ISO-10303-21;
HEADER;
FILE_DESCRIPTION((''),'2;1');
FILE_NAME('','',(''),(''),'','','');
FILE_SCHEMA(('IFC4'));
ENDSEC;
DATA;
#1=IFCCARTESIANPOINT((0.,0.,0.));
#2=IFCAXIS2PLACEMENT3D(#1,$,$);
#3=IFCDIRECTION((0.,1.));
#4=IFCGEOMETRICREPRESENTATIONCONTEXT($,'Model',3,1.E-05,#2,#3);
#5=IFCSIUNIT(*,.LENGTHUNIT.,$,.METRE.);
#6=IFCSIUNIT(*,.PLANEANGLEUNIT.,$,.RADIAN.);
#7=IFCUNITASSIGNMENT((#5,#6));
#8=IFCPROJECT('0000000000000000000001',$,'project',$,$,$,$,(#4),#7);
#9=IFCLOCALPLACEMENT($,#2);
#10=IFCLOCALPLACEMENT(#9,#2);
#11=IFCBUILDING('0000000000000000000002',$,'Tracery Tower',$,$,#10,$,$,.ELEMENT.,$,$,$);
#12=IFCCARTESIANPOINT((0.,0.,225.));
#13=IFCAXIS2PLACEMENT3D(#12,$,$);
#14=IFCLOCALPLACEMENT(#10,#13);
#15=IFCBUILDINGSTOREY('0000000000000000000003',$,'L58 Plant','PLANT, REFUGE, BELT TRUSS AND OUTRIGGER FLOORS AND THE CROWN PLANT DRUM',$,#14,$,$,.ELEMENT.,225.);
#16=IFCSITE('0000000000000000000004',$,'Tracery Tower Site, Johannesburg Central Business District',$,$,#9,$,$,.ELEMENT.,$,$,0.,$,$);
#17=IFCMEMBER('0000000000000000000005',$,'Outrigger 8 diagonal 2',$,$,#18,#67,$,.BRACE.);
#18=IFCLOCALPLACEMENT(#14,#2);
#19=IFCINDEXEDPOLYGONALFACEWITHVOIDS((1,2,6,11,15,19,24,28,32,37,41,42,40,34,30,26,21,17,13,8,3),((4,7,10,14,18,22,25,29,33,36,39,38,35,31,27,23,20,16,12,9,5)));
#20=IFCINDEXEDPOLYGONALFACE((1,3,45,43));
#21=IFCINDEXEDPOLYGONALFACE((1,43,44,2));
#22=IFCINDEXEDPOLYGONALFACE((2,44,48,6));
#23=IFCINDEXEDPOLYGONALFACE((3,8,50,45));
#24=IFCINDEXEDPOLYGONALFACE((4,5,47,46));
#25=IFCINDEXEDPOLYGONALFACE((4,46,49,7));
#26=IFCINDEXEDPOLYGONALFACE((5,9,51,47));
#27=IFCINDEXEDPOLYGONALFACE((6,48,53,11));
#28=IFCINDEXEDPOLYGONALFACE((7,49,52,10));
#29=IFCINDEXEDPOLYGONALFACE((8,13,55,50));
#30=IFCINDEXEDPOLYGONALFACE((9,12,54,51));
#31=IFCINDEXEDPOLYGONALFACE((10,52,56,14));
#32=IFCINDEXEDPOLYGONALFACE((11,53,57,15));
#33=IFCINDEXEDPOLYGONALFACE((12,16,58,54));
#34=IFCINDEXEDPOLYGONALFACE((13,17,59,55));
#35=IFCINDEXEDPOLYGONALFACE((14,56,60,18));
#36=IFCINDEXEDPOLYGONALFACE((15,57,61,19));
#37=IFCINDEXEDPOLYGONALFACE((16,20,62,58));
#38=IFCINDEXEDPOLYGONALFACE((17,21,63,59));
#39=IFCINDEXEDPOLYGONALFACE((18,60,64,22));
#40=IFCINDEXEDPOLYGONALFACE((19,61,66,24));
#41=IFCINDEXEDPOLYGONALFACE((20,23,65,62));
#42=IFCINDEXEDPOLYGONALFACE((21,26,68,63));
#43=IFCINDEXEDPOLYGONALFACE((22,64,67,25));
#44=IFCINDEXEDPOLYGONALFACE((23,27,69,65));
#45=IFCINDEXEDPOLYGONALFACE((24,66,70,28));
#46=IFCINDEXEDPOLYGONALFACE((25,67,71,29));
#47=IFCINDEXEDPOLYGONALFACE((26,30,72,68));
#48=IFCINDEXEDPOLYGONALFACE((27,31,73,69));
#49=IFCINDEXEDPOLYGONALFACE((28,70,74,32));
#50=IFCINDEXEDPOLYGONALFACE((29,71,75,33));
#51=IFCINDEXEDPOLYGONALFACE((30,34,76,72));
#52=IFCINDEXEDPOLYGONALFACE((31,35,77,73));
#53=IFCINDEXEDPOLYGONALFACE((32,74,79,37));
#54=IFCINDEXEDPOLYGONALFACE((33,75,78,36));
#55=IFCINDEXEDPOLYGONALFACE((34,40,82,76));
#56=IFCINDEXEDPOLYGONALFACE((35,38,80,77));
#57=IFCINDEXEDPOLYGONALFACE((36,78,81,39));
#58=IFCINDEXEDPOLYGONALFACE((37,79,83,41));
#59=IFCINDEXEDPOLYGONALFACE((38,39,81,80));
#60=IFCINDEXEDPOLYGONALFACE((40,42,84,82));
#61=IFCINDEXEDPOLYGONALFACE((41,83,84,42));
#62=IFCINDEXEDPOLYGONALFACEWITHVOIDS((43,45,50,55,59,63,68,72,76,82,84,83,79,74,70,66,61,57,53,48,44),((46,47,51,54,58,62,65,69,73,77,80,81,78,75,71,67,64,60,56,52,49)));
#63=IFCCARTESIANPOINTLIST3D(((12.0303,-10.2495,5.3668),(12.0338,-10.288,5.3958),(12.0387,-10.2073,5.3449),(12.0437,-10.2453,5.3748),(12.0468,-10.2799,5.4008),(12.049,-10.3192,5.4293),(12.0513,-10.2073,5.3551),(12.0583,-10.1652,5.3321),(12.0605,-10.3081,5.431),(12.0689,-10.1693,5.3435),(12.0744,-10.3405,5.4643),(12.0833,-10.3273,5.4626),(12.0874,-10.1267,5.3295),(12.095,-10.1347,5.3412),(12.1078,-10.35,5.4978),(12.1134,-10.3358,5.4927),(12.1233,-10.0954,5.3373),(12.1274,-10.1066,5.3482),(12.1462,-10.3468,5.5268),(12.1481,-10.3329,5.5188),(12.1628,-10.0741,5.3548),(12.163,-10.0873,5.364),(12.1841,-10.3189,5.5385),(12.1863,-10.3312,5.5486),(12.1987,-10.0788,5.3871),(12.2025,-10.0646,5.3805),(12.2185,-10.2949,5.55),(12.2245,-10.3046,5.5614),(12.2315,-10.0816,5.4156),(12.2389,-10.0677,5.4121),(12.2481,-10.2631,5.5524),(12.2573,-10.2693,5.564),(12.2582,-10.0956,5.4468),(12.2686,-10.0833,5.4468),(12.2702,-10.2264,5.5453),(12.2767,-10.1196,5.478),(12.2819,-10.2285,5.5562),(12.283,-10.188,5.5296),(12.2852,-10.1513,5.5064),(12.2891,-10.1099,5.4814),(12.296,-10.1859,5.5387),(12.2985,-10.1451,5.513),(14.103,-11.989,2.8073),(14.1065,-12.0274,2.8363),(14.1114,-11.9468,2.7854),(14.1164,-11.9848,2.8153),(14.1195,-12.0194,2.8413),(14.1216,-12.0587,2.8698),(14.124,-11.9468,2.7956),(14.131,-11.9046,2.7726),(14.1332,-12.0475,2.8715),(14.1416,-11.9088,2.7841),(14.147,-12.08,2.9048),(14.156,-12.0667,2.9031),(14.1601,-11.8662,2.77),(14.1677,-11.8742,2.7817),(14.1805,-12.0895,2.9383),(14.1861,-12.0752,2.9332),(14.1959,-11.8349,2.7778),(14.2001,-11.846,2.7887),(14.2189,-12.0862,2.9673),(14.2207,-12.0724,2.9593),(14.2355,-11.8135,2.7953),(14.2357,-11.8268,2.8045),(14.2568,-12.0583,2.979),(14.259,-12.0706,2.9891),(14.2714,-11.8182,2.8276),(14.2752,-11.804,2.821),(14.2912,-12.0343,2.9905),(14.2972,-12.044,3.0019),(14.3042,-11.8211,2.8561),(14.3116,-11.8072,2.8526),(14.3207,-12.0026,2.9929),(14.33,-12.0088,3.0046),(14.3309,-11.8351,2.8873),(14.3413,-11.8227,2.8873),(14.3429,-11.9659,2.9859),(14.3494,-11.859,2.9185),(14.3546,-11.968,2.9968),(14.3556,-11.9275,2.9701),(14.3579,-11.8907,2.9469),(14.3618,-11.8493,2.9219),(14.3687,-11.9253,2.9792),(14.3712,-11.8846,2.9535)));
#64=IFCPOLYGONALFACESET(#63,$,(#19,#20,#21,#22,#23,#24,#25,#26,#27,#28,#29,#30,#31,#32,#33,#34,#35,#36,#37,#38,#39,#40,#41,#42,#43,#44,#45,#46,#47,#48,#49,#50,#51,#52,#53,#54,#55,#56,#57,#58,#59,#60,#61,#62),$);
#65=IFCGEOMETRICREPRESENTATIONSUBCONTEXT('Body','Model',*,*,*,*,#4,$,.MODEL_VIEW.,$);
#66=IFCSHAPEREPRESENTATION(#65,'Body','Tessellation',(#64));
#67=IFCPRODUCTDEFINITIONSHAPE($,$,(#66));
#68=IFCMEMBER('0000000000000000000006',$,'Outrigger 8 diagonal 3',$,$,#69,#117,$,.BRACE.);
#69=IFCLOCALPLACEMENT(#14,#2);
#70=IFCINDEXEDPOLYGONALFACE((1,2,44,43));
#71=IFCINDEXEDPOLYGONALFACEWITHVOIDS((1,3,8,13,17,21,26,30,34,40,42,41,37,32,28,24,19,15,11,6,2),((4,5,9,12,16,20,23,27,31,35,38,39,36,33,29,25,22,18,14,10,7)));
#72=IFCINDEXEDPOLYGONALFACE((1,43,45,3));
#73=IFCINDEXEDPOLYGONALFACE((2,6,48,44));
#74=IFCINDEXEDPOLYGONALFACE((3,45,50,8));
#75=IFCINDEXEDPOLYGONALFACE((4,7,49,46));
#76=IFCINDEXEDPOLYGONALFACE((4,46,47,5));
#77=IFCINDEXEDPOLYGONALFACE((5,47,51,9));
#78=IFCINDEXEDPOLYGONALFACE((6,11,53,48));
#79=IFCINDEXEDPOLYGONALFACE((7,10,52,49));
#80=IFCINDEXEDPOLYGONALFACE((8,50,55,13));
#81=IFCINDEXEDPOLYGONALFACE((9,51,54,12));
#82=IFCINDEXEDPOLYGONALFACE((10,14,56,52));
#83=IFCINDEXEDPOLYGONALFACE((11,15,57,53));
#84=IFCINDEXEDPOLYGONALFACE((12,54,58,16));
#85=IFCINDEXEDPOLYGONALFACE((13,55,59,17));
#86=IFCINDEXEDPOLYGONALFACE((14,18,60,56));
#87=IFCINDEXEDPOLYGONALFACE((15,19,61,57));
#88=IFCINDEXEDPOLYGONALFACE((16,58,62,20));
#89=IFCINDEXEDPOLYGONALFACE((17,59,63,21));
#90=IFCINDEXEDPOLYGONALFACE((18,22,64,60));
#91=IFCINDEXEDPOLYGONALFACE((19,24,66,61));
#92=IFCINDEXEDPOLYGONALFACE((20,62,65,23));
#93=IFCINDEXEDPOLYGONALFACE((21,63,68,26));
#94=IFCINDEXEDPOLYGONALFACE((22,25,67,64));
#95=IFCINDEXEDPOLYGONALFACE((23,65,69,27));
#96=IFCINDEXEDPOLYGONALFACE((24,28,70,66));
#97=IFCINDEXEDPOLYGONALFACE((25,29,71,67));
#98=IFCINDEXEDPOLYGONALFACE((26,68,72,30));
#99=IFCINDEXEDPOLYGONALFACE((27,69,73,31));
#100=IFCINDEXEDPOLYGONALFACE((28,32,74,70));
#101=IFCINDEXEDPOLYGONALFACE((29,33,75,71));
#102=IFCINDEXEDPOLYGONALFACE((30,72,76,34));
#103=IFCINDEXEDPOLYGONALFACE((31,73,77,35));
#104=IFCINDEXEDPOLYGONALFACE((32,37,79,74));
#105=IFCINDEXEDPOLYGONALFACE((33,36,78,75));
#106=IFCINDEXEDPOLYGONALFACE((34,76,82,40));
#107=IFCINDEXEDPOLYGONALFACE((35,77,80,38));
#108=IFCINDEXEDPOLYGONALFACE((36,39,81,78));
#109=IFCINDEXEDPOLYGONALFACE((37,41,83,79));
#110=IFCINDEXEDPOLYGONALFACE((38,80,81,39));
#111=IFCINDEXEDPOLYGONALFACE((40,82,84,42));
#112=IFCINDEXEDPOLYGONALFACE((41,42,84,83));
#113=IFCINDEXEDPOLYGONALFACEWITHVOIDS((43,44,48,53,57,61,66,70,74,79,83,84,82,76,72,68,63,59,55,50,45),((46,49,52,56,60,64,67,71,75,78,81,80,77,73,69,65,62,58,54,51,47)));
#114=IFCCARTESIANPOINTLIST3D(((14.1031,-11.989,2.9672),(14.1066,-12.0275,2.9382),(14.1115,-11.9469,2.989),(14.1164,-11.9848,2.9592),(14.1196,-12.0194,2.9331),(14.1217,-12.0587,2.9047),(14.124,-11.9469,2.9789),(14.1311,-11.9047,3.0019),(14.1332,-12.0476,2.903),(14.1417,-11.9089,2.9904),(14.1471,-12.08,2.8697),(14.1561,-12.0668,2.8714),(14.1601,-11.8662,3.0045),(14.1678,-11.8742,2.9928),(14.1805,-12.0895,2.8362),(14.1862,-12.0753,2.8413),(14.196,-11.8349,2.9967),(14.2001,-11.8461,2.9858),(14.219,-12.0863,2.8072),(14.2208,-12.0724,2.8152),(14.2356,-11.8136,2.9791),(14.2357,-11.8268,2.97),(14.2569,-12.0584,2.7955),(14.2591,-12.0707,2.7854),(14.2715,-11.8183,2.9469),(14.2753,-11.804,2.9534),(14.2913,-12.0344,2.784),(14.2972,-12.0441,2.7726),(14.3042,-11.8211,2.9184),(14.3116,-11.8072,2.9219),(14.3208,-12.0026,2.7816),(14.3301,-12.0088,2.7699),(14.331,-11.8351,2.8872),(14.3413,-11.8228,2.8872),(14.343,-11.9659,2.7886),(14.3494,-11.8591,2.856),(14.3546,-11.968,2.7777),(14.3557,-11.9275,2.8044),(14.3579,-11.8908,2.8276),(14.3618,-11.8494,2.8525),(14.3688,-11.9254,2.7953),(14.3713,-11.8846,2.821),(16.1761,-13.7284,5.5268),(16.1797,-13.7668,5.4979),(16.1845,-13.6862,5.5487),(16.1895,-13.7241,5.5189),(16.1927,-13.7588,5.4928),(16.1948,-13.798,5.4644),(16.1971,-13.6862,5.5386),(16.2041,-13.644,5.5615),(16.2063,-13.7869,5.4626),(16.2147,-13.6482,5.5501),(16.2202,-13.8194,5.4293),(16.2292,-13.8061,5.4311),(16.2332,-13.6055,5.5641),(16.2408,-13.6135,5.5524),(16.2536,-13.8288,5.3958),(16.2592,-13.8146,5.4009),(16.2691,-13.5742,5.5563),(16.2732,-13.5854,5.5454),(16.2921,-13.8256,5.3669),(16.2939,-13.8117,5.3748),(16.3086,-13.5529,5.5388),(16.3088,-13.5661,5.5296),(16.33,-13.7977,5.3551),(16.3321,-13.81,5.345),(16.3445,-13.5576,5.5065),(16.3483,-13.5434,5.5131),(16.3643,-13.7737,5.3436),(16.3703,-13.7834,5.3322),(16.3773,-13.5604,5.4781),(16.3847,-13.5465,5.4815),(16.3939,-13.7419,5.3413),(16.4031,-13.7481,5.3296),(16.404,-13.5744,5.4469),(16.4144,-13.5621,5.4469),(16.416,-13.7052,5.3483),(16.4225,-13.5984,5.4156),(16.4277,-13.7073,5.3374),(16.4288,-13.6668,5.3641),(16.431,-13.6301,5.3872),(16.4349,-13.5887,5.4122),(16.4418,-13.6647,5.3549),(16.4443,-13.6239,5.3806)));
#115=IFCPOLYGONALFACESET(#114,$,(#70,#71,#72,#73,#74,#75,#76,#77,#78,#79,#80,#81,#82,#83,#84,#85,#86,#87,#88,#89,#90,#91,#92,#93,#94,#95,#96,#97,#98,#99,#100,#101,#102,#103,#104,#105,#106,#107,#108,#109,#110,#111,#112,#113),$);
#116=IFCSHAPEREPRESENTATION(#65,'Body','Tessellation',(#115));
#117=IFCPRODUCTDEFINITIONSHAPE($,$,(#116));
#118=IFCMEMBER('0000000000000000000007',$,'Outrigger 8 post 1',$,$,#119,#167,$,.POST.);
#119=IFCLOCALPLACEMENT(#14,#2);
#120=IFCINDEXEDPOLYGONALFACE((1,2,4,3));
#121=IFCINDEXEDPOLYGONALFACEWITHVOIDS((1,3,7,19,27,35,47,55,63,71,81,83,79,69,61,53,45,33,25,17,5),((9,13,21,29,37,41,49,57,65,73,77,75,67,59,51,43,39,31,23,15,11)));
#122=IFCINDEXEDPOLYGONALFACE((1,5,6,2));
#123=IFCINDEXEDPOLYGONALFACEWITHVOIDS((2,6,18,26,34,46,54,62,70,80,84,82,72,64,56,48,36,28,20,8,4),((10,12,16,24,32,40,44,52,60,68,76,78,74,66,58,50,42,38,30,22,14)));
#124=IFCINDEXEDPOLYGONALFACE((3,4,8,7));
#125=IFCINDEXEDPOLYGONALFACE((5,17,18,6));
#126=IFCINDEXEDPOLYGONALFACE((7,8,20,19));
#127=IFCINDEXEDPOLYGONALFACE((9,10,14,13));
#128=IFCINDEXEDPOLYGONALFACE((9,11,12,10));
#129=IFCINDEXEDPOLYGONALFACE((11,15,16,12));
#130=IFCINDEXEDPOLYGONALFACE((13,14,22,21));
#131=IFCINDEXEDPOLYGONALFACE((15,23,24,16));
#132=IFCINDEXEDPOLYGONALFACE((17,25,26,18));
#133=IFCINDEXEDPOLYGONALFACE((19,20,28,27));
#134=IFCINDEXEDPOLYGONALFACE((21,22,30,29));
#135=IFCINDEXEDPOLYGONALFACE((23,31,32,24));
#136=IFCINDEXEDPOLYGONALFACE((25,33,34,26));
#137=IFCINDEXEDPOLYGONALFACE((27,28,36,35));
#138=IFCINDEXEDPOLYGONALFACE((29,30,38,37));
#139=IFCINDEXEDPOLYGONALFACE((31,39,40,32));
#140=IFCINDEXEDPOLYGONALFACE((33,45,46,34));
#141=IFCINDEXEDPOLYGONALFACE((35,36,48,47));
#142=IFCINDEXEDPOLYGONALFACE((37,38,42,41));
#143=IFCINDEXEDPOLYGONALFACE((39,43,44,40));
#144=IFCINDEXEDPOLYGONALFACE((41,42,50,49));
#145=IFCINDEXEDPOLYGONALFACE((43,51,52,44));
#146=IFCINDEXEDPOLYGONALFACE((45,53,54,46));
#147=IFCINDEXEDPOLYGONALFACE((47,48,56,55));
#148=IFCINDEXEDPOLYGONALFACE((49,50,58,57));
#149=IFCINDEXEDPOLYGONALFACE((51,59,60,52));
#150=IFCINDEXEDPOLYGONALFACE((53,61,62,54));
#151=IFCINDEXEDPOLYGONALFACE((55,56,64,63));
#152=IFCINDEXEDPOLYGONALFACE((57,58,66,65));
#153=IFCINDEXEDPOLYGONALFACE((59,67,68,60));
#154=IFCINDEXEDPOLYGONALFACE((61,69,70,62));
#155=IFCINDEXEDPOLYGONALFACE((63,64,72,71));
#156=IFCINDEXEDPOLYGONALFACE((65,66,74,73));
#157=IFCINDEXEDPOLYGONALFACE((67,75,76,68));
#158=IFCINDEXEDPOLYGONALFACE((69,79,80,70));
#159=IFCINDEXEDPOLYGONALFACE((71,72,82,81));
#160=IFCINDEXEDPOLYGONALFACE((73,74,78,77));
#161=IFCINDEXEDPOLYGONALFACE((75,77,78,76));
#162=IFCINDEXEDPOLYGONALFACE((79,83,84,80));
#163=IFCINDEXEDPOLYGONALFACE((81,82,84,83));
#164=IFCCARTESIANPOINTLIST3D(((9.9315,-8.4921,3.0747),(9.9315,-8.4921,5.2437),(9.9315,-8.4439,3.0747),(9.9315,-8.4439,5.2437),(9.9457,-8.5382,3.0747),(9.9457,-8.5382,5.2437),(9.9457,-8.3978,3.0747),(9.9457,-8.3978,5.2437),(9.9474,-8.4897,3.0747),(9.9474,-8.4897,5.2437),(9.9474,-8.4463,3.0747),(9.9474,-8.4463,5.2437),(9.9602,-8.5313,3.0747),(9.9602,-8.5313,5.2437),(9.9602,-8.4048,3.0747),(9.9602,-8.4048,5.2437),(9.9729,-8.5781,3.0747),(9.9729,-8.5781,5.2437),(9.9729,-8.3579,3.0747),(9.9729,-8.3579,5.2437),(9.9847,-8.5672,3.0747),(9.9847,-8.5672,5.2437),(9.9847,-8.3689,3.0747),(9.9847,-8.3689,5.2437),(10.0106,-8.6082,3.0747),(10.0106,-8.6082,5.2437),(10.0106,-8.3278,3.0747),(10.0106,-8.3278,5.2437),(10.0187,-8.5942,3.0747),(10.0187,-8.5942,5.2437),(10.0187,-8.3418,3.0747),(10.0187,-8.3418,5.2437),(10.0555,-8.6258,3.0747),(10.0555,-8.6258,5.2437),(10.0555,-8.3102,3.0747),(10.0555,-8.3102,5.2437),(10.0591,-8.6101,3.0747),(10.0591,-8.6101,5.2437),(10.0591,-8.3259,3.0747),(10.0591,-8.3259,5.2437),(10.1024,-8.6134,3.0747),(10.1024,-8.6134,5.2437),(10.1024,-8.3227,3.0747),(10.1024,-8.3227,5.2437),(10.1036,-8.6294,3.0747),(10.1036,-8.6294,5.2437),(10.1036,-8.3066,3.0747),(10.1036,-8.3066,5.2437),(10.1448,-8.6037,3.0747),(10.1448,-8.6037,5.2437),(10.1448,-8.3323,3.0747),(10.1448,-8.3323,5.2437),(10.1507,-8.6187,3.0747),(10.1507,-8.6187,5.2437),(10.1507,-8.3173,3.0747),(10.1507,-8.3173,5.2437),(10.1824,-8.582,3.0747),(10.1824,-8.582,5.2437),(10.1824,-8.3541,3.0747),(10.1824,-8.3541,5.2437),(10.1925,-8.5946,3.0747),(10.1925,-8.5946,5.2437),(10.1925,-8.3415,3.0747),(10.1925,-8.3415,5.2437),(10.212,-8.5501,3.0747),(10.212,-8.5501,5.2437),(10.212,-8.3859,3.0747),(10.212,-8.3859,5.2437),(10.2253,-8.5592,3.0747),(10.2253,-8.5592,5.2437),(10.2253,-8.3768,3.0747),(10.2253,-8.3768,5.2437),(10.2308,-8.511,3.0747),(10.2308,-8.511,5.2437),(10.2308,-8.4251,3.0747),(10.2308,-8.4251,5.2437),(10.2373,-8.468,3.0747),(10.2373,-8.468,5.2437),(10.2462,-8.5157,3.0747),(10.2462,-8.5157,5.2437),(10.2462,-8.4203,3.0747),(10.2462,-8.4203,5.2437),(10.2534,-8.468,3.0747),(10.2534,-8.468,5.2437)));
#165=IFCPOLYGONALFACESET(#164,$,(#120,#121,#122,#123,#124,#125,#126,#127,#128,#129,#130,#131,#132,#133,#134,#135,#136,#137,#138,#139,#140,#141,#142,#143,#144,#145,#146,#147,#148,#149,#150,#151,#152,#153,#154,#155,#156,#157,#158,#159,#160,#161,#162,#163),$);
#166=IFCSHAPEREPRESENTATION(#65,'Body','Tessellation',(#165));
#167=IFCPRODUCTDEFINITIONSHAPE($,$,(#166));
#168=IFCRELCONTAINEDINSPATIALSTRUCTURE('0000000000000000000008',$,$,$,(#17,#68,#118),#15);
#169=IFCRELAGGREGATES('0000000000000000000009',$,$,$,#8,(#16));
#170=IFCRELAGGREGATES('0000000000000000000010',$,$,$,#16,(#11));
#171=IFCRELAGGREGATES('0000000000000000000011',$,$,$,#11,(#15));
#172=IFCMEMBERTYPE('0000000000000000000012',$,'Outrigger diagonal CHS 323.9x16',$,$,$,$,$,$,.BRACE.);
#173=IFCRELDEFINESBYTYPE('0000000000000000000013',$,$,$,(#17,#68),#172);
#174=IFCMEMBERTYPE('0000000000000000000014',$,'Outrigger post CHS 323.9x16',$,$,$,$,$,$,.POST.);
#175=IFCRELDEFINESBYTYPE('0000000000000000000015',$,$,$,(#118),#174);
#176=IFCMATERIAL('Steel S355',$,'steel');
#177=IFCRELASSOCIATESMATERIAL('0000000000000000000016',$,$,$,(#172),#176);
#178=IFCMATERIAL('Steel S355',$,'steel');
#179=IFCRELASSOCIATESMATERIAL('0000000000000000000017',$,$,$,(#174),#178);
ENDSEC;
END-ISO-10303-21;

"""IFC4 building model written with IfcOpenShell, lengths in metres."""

from ifc_helpers import new_model, si_unit, direction, frame, origin, origin_2d, place, context, subcontext, project, spatial, hollow_circle, extrude, material, material_profile, profile_set, type_object, element, save


model = new_model("IFC4")

# Units and contexts
model_context = context("Model", 3, precision=1e-05, world=origin(), true_north=direction((0.0, 1.0)))
body_context = subcontext(model_context, "Body", "Model", "MODEL_VIEW")
ifc_project = project(units=[si_unit("LENGTHUNIT", "METRE"), si_unit("PLANEANGLEUNIT", "RADIAN")], contexts=[model_context])

# Site, building, storey
site_placement = place(None, origin())
site = spatial("IfcSite", under=ifc_project, at=site_placement, Name="Tracery Tower Site, Johannesburg Central Business District", CompositionType="ELEMENT", RefElevation=0.0)
building_placement = place(site_placement, origin())
building = spatial("IfcBuilding", under=site, at=building_placement, Name="Tracery Tower", CompositionType="ELEMENT")
storey_placement = place(building_placement, frame((0.0, 0.0, 225.0)))
storey = spatial("IfcBuildingStorey", under=building, at=storey_placement, Name="L58 Plant", Description="PLANT, REFUGE, BELT TRUSS AND OUTRIGGER FLOORS AND THE CROWN PLANT DRUM", CompositionType="ELEMENT", Elevation=225.0)

# Members
ifc_material_1 = material(Name="Steel S355", Category="steel")
ifc_material_profile_1 = material_profile(ifc_material_1, hollow_circle(Radius=0.1619, WallThickness=0.0161, at=origin_2d()), Name="CHS 323.9x16")
ifc_profile_set_1 = profile_set([ifc_material_profile_1], Name="Steel S355")
member_type_1 = type_object("IfcMemberType", Name="Outrigger diagonal CHS 323.9x16", PredefinedType="BRACE", material=ifc_profile_set_1)
member_1_placement = place(storey_placement, frame((12.1646, -10.2073, 5.4468), z_axis=(0.556485, -0.467015, -0.687184), x_axis=(0.642843, 0.765998, 0.0)))
element("IfcMember", 1, at=member_1_placement, inside=storey, type_object=member_type_1, Name="Outrigger 8 diagonal 2", PredefinedType="BRACE", context=body_context, shape_type="SweptSolid", body=[
    extrude(hollow_circle(Radius=0.1619, WallThickness=0.0161, at=origin_2d()), origin(), (0.0, 0.0, 1.0), 3.7246),
])
member_2_placement = place(storey_placement, frame((14.2373, -11.9468, 2.8872), z_axis=(0.556547, -0.466947, 0.68718), x_axis=(0.642746, 0.76608, 0.0)))
element("IfcMember", 2, at=member_2_placement, inside=storey, type_object=member_type_1, Name="Outrigger 8 diagonal 3", PredefinedType="BRACE", context=body_context, shape_type="SweptSolid", body=[
    extrude(hollow_circle(Radius=0.1619, WallThickness=0.0161, at=origin_2d()), origin(), (0.0, 0.0, 1.0), 3.7249),
])
ifc_material_2 = material(Name="Steel S355", Category="steel")
ifc_material_profile_2 = material_profile(ifc_material_2, hollow_circle(Radius=0.1619, WallThickness=0.0161, at=origin_2d()), Name="CHS 323.9x16")
ifc_profile_set_2 = profile_set([ifc_material_profile_2], Name="Steel S355")
member_type_2 = type_object("IfcMemberType", Name="Outrigger post CHS 323.9x16", PredefinedType="POST", material=ifc_profile_set_2)
for number, where, z_axis, x_axis, name in (
    (3, (10.0916, -8.468, 3.0747), (0.0, 0.0, 1.0), (1.0, 0.0, 0.0), "Outrigger 8 post 1"),
):
    element("IfcMember", number, at=place(storey_placement, frame(where, z_axis=z_axis, x_axis=x_axis)), inside=storey, type_object=member_type_2, Name=name, PredefinedType="POST", context=body_context, shape_type="SweptSolid", body=[
        extrude(hollow_circle(Radius=0.1619, WallThickness=0.0161, at=origin_2d()), origin(), (0.0, 0.0, 1.0), 2.1689),
    ])

save(model, "model.ifc")
